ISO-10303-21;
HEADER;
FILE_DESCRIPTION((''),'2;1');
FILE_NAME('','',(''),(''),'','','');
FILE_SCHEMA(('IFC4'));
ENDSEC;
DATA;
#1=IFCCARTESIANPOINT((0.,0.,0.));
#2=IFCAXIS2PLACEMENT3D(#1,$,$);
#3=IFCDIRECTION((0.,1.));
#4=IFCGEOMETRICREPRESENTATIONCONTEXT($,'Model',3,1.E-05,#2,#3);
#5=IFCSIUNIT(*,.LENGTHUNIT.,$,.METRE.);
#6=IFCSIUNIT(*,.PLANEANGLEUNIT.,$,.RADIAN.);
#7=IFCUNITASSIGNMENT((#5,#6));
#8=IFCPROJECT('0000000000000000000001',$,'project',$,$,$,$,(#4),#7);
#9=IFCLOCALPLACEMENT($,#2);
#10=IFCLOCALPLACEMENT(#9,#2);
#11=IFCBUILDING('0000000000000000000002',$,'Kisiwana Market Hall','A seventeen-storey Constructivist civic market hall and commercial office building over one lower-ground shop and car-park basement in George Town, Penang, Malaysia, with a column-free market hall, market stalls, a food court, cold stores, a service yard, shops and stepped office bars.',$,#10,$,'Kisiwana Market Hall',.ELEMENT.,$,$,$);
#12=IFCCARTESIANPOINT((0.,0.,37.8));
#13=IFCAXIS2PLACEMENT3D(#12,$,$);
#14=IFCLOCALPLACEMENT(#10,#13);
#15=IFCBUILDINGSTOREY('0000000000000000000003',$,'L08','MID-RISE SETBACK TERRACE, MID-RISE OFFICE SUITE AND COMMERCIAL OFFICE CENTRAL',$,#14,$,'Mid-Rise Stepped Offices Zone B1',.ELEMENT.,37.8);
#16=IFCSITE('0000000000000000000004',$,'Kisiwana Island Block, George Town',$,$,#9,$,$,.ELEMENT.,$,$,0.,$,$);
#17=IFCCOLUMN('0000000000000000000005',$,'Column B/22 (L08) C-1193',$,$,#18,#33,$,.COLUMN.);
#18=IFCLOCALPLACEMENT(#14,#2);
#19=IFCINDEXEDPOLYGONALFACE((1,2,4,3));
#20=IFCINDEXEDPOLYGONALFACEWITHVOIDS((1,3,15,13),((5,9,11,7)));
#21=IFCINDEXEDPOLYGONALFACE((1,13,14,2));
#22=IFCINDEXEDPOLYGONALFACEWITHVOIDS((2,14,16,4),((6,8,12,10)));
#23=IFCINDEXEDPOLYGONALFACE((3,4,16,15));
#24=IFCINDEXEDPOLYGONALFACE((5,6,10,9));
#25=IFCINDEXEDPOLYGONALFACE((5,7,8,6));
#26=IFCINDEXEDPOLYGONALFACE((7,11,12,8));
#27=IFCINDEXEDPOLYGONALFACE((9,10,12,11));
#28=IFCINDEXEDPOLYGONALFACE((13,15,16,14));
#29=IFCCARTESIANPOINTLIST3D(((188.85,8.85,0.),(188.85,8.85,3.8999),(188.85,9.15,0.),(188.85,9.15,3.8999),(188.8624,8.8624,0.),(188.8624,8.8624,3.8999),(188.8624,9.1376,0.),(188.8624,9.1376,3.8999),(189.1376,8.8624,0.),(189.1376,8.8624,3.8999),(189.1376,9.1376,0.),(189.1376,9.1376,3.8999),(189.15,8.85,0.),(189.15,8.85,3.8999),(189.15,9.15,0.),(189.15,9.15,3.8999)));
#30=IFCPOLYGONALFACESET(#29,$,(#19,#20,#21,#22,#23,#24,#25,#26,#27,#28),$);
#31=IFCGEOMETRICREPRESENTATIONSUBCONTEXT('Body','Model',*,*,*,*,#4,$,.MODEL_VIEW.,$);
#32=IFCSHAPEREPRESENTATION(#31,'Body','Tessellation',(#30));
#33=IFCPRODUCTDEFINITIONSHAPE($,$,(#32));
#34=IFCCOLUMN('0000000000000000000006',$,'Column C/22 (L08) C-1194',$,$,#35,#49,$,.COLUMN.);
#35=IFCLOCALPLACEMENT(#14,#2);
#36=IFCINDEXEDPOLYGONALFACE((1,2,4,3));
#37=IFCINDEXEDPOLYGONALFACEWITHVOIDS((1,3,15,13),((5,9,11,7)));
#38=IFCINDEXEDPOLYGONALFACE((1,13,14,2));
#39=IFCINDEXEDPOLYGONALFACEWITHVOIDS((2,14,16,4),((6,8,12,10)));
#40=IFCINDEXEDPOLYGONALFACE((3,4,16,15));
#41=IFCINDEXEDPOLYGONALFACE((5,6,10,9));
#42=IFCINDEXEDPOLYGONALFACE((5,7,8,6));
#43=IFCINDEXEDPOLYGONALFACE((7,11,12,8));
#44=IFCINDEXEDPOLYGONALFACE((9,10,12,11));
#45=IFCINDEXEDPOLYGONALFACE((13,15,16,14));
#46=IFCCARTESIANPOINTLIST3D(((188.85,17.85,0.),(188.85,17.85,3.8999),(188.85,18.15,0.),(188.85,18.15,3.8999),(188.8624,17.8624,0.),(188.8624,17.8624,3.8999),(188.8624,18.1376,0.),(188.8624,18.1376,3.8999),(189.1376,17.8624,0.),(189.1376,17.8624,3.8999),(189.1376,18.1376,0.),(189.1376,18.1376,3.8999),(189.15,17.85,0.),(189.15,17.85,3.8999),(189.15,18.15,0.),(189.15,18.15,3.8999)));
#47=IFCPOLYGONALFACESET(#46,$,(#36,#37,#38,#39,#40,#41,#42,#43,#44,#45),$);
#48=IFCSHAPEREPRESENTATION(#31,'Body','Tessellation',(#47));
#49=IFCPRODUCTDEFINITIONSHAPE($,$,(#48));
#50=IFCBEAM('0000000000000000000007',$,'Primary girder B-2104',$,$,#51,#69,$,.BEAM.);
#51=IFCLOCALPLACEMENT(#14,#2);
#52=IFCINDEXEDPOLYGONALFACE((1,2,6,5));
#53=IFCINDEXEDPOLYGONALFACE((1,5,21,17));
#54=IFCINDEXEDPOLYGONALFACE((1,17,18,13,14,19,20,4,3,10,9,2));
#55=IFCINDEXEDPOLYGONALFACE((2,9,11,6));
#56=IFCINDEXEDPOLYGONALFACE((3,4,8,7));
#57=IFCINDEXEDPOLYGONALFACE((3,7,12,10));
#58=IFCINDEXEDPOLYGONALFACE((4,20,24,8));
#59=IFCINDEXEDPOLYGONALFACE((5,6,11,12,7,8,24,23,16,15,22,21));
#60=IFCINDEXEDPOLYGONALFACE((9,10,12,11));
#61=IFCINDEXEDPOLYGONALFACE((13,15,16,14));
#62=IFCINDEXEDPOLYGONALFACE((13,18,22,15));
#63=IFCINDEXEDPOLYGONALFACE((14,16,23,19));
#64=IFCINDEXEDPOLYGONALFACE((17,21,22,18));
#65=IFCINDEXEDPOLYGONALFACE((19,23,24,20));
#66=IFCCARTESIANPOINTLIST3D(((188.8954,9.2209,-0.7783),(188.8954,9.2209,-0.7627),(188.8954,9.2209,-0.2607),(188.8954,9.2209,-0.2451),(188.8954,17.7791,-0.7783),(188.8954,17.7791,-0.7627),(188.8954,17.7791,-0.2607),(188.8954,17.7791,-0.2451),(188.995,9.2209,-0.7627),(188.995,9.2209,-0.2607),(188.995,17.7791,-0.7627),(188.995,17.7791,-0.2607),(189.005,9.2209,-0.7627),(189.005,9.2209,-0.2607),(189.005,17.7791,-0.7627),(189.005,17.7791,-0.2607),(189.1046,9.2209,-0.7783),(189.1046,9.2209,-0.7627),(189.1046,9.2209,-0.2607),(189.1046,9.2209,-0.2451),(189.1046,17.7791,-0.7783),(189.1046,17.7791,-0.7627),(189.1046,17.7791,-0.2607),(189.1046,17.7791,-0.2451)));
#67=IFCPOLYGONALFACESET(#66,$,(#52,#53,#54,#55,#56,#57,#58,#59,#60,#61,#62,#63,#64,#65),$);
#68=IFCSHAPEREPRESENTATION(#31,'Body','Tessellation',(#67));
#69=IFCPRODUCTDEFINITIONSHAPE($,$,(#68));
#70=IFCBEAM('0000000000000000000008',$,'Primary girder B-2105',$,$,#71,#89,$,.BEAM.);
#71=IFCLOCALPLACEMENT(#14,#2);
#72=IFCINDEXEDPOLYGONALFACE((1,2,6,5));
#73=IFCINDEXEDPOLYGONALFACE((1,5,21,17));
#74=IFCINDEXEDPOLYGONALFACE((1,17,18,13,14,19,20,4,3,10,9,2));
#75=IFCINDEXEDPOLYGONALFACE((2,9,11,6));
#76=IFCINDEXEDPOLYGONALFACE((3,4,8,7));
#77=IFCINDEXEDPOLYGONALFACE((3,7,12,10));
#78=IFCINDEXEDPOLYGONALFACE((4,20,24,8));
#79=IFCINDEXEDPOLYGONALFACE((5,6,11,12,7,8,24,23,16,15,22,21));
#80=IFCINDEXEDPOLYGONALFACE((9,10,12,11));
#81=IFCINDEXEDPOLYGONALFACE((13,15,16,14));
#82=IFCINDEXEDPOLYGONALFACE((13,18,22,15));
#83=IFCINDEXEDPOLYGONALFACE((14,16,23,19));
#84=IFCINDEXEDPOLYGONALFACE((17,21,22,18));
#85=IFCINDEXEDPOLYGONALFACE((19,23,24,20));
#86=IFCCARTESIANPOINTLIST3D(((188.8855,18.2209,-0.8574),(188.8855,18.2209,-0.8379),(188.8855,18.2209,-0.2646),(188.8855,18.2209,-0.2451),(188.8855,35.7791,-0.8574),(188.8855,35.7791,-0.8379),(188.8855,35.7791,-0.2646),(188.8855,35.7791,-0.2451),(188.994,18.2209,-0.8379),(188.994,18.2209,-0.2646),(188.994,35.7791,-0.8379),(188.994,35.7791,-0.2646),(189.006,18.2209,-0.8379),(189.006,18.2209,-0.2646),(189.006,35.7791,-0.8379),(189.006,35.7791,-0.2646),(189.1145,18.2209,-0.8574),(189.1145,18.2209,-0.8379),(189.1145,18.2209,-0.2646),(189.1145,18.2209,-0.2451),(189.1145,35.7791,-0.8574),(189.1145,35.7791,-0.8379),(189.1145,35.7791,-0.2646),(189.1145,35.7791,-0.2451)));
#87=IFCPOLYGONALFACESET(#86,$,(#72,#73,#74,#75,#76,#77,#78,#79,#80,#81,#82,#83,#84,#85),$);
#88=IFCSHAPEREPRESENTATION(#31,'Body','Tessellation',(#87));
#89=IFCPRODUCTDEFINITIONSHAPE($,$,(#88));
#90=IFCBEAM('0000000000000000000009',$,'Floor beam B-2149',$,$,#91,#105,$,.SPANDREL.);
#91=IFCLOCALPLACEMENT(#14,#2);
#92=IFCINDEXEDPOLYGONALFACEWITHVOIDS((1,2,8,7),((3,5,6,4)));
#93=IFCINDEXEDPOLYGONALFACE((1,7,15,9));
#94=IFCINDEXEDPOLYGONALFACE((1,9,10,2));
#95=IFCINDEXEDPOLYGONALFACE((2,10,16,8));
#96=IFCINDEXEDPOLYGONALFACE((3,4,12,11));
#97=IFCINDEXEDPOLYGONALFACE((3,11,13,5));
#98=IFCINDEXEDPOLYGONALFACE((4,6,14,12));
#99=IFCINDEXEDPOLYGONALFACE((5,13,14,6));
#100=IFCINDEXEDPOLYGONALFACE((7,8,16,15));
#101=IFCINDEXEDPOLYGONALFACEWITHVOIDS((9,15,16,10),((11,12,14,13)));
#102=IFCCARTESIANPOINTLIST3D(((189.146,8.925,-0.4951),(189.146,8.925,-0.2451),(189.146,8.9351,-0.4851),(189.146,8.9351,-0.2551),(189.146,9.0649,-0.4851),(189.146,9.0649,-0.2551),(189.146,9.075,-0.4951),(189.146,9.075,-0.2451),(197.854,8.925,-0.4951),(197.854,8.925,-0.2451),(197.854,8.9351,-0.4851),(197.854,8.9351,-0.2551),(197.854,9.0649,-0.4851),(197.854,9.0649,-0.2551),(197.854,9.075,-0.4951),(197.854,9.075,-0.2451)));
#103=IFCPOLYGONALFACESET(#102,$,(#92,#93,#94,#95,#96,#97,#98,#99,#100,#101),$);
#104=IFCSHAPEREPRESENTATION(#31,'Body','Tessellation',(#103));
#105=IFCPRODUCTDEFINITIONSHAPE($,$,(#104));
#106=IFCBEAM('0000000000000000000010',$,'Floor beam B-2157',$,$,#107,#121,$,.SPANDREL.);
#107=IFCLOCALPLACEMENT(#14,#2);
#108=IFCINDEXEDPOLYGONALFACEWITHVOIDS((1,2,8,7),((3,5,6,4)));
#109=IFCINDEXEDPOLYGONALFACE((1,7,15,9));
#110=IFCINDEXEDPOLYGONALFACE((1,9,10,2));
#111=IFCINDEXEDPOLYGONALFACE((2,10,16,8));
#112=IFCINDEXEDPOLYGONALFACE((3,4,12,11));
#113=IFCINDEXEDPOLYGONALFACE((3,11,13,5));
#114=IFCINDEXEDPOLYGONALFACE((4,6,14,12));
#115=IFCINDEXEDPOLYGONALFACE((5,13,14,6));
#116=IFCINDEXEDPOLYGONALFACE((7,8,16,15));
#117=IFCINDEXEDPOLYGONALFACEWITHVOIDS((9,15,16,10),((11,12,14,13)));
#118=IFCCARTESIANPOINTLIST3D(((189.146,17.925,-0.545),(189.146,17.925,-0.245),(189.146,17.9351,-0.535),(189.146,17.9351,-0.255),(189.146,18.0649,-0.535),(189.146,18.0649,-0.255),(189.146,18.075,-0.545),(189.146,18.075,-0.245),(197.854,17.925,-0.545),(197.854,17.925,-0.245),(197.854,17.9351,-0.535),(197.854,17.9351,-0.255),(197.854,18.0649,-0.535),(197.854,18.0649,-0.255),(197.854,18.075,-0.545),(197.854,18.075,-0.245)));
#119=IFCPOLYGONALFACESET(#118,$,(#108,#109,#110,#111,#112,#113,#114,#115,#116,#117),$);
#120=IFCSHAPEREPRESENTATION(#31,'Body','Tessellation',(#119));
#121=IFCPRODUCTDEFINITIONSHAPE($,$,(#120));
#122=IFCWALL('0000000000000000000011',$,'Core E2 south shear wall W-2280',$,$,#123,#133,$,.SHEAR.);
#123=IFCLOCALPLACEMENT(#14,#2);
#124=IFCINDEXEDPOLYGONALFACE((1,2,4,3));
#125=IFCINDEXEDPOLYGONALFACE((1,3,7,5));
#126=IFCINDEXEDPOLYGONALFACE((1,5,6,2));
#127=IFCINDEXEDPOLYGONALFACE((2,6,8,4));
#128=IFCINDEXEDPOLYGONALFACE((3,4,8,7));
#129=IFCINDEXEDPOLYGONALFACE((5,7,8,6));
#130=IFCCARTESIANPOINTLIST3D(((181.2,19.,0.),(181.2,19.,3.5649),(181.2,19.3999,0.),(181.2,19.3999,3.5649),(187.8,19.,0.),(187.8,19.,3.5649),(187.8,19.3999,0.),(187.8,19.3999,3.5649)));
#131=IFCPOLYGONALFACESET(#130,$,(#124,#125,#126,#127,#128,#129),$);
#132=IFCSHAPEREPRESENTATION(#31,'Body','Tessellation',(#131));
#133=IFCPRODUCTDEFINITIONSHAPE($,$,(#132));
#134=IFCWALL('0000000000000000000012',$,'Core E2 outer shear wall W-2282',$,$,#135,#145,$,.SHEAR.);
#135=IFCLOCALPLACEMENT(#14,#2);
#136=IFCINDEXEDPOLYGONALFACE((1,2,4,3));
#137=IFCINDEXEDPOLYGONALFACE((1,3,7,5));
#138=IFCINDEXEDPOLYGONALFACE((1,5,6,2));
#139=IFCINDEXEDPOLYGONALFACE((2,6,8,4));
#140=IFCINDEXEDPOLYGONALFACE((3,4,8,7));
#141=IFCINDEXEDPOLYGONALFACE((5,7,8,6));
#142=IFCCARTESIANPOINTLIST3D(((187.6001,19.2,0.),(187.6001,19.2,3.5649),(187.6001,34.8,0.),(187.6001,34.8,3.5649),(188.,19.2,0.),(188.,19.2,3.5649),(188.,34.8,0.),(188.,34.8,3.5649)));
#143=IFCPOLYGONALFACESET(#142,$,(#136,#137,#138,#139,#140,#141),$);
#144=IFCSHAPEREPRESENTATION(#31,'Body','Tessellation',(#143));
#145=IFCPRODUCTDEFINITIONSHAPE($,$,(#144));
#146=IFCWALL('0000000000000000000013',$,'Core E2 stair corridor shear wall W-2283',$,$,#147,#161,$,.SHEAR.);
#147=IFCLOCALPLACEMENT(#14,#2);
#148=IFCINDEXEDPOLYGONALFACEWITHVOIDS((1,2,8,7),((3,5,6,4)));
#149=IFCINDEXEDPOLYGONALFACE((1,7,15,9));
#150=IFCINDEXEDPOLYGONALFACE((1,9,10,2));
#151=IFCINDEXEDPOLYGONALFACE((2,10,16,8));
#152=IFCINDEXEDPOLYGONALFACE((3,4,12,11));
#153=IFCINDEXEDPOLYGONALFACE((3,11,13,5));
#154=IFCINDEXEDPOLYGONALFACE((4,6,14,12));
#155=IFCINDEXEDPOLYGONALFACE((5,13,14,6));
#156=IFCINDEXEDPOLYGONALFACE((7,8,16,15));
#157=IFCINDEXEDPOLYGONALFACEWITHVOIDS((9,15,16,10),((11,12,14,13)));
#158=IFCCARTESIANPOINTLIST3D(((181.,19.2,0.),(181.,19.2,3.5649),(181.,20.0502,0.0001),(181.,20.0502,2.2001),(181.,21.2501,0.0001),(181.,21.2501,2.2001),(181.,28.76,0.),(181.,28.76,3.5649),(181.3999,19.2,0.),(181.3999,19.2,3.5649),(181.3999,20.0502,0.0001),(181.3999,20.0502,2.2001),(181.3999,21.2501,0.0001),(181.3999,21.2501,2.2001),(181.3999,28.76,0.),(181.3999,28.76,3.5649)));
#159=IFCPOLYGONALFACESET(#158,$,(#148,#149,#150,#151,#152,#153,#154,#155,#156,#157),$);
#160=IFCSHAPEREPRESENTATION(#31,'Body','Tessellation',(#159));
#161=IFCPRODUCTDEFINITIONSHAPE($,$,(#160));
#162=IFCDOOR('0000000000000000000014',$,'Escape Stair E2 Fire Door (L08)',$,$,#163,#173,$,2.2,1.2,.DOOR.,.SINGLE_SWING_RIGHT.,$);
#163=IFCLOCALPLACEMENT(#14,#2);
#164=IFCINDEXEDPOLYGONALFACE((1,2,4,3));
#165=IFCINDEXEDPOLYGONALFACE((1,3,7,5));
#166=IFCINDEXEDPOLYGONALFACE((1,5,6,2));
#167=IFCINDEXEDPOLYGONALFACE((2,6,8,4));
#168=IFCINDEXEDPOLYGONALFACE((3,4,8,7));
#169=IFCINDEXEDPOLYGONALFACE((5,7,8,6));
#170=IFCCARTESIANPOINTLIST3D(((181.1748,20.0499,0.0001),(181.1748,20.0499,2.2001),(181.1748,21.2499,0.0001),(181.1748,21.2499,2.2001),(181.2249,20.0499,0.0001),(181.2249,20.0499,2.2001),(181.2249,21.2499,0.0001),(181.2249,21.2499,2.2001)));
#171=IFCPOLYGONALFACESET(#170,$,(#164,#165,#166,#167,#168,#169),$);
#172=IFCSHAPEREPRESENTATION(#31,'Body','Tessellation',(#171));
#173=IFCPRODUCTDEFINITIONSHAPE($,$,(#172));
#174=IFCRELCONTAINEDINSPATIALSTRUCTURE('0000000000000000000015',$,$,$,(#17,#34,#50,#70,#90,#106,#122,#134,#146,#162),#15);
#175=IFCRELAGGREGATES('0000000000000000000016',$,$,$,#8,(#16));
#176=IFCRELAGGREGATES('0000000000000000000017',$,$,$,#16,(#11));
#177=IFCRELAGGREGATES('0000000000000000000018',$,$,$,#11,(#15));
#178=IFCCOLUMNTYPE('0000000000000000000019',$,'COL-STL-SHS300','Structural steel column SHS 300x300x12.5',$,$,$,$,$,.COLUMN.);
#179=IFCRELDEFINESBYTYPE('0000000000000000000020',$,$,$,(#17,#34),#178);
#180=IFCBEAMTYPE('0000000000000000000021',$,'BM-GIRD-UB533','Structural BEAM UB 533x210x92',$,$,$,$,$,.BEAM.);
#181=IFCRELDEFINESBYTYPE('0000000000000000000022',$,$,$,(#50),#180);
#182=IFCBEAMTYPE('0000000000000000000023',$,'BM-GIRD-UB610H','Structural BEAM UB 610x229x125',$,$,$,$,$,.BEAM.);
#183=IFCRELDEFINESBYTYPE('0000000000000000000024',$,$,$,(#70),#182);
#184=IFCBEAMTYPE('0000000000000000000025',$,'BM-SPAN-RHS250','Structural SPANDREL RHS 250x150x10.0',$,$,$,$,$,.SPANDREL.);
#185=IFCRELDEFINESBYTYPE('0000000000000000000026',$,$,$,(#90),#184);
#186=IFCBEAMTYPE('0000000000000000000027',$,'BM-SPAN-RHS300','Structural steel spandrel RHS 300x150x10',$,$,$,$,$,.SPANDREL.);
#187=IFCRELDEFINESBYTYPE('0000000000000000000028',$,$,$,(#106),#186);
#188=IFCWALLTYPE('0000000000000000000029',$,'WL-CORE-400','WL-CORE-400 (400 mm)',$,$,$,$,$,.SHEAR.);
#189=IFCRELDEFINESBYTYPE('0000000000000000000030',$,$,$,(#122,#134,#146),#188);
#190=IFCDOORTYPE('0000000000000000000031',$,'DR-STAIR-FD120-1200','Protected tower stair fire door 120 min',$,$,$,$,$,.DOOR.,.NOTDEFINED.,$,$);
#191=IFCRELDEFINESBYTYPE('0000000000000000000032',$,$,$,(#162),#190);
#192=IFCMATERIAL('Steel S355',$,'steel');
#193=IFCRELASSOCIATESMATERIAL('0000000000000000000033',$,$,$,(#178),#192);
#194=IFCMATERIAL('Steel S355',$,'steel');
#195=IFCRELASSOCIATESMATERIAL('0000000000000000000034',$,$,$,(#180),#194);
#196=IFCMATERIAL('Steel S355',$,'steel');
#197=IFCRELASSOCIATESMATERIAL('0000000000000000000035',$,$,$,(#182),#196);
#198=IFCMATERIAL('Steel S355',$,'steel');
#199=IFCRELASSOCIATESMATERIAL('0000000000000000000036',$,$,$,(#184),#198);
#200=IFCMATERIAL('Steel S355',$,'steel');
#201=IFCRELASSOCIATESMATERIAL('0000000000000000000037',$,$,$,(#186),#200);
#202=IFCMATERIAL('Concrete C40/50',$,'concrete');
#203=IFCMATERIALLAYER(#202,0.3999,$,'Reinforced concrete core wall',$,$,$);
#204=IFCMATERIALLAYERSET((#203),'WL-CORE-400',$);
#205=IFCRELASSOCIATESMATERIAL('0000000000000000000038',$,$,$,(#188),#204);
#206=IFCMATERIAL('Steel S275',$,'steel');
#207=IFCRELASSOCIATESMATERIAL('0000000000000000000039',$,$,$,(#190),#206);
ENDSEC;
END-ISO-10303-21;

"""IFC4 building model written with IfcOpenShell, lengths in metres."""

from ifc_helpers import new_model, si_unit, direction, frame, frame_2d, origin, origin_2d, place, context, subcontext, project, spatial, rectangle, hollow_rectangle, i_section, extrude, material, layer, layer_set, material_profile, profile_set, type_object, element, fill, save


model = new_model("IFC4")

# Units and contexts
model_context = context("Model", 3, precision=1e-05, world=origin(), true_north=direction((0.0, 1.0)))
body_context = subcontext(model_context, "Body", "Model", "MODEL_VIEW")
ifc_project = project(units=[si_unit("LENGTHUNIT", "METRE"), si_unit("PLANEANGLEUNIT", "RADIAN")], contexts=[model_context])

# Site, building, storey
site_placement = place(None, origin())
site = spatial("IfcSite", under=ifc_project, at=site_placement, Name="Kisiwana Island Block, George Town", CompositionType="ELEMENT", RefElevation=0.0)
building_placement = place(site_placement, origin())
building = spatial("IfcBuilding", under=site, at=building_placement, Name="Kisiwana Market Hall", Description="A seventeen-storey Constructivist civic market hall and commercial office building over one lower-ground shop and car-park basement in George Town, Penang, Malaysia, with a column-free market hall, market stalls, a food court, cold stores, a service yard, shops and stepped office bars.", LongName="Kisiwana Market Hall", CompositionType="ELEMENT")
storey_placement = place(building_placement, frame((0.0, 0.0, 37.8)))
storey = spatial("IfcBuildingStorey", under=building, at=storey_placement, Name="L08", Description="MID-RISE SETBACK TERRACE, MID-RISE OFFICE SUITE AND COMMERCIAL OFFICE CENTRAL", LongName="Mid-Rise Stepped Offices Zone B1", CompositionType="ELEMENT", Elevation=37.8)

# Columns
ifc_material_1 = material(Name="Steel S355", Category="steel")
ifc_material_profile_1 = material_profile(ifc_material_1, hollow_rectangle(XDim=0.3, YDim=0.3, WallThickness=0.0125, at=origin_2d()), Name="SHS 300x300x12.5")
ifc_profile_set_1 = profile_set([ifc_material_profile_1], Name="Steel S355")
column_type = type_object("IfcColumnType", Name="COL-STL-SHS300", Description="Structural steel column SHS 300x300x12.5", PredefinedType="COLUMN", material=ifc_profile_set_1)
for number, where, z_axis, x_axis, name in (
    (1, (189.0, 9.0, 0.0), (0.0, 0.0, 1.0), (1.0, 0.0, 0.0), "Column B/22 (L08) C-1193"),
    (2, (189.0, 18.0, 0.0), (0.0, 0.0, 1.0), (1.0, 0.0, 0.0), "Column C/22 (L08) C-1194"),
):
    element("IfcColumn", number, at=place(storey_placement, frame(where, z_axis=z_axis, x_axis=x_axis)), inside=storey, type_object=column_type, Name=name, PredefinedType="COLUMN", context=body_context, shape_type="SweptSolid", body=[
        extrude(hollow_rectangle(XDim=0.3, YDim=0.3, WallThickness=0.0125, at=origin_2d()), origin(), (0.0, 0.0, 1.0), 3.8999),
    ])

# Beams
ifc_material_2 = material(Name="Steel S355", Category="steel")
ifc_material_profile_2 = material_profile(ifc_material_2, i_section(OverallWidth=0.2092, OverallDepth=0.5332, WebThickness=0.01, FlangeThickness=0.0156, at=origin_2d()), Name="UB 533x210x92")
ifc_profile_set_2 = profile_set([ifc_material_profile_2], Name="Steel S355")
beam_type_1 = type_object("IfcBeamType", Name="BM-GIRD-UB533", Description="Structural BEAM UB 533x210x92", PredefinedType="BEAM", material=ifc_profile_set_2)
beam_1_placement = place(storey_placement, frame((189.0, 9.2209, -0.5117), z_axis=(0.0, 1.0, 0.0), x_axis=(-1.0, 0.0, 0.0)))
element("IfcBeam", 3, at=beam_1_placement, inside=storey, type_object=beam_type_1, Name="Primary girder B-2104", PredefinedType="BEAM", context=body_context, shape_type="SweptSolid", body=[
    extrude(i_section(OverallWidth=0.2092, OverallDepth=0.5332, WebThickness=0.01, FlangeThickness=0.0156, at=origin_2d()), origin(), (0.0, 0.0, 1.0), 8.5581),
])
ifc_material_3 = material(Name="Steel S355", Category="steel")
ifc_material_profile_3 = material_profile(ifc_material_3, i_section(OverallWidth=0.229, OverallDepth=0.6123, WebThickness=0.012, FlangeThickness=0.0195, at=origin_2d()), Name="UB 610x229x125")
ifc_profile_set_3 = profile_set([ifc_material_profile_3], Name="Steel S355")
beam_type_2 = type_object("IfcBeamType", Name="BM-GIRD-UB610H", Description="Structural BEAM UB 610x229x125", PredefinedType="BEAM", material=ifc_profile_set_3)
beam_2_placement = place(storey_placement, frame((189.0, 18.2209, -0.5513), z_axis=(0.0, 1.0, 0.0), x_axis=(-1.0, 0.0, 0.0)))
element("IfcBeam", 4, at=beam_2_placement, inside=storey, type_object=beam_type_2, Name="Primary girder B-2105", PredefinedType="BEAM", context=body_context, shape_type="SweptSolid", body=[
    extrude(i_section(OverallWidth=0.229, OverallDepth=0.6123, WebThickness=0.012, FlangeThickness=0.0195, at=origin_2d()), origin(), (0.0, 0.0, 1.0), 17.5581),
])
ifc_material_4 = material(Name="Steel S355", Category="steel")
ifc_material_profile_4 = material_profile(ifc_material_4, hollow_rectangle(XDim=0.1499, YDim=0.25, WallThickness=0.01, at=origin_2d()), Name="RHS 250x150x10.0")
ifc_profile_set_4 = profile_set([ifc_material_profile_4], Name="Steel S355")
beam_type_3 = type_object("IfcBeamType", Name="BM-SPAN-RHS250", Description="Structural SPANDREL RHS 250x150x10.0", PredefinedType="SPANDREL", material=ifc_profile_set_4)
beam_3_placement = place(storey_placement, frame((189.146, 9.0, -0.3701), z_axis=(1.0, 0.0, 0.0), x_axis=(0.0, 1.0, 0.0)))
element("IfcBeam", 5, at=beam_3_placement, inside=storey, type_object=beam_type_3, Name="Floor beam B-2149", PredefinedType="SPANDREL", context=body_context, shape_type="SweptSolid", body=[
    extrude(hollow_rectangle(XDim=0.1499, YDim=0.25, WallThickness=0.01, at=origin_2d()), origin(), (0.0, 0.0, 1.0), 8.708),
])
ifc_material_5 = material(Name="Steel S355", Category="steel")
ifc_material_profile_5 = material_profile(ifc_material_5, hollow_rectangle(XDim=0.1499, YDim=0.3, WallThickness=0.01, at=origin_2d()), Name="RHS 300x150x10")
ifc_profile_set_5 = profile_set([ifc_material_profile_5], Name="Steel S355")
beam_type_4 = type_object("IfcBeamType", Name="BM-SPAN-RHS300", Description="Structural steel spandrel RHS 300x150x10", PredefinedType="SPANDREL", material=ifc_profile_set_5)
beam_4_placement = place(storey_placement, frame((189.146, 18.0, -0.395), z_axis=(1.0, 0.0, 0.0), x_axis=(0.0, 1.0, 0.0)))
element("IfcBeam", 6, at=beam_4_placement, inside=storey, type_object=beam_type_4, Name="Floor beam B-2157", PredefinedType="SPANDREL", context=body_context, shape_type="SweptSolid", body=[
    extrude(hollow_rectangle(XDim=0.1499, YDim=0.3, WallThickness=0.01, at=origin_2d()), origin(), (0.0, 0.0, 1.0), 8.708),
])

# Walls
ifc_material_6 = material(Name="Concrete C40/50", Category="concrete")
ifc_layer_1 = layer(ifc_material_6, 0.3999, Name="Reinforced concrete core wall")
ifc_layer_set_1 = layer_set([ifc_layer_1], Name="WL-CORE-400")
wall_type_1 = type_object("IfcWallType", Name="WL-CORE-400", Description="WL-CORE-400 (400 mm)", PredefinedType="SHEAR", material=ifc_layer_set_1)
wall_1_placement = place(storey_placement, frame((181.2, 19.2, 0.0), z_axis=(0.0, 0.0, 1.0), x_axis=(1.0, 0.0, 0.0)))
element("IfcWall", 7, at=wall_1_placement, inside=storey, type_object=wall_type_1, Name="Core E2 south shear wall W-2280", PredefinedType="SHEAR", context=body_context, shape_type="SweptSolid", body=[
    extrude(rectangle(XDim=6.6001, YDim=0.3999, at=frame_2d((3.3, 0.0))), origin(), (0.0, 0.0, 1.0), 3.5649),
])
wall_2_placement = place(storey_placement, frame((187.8, 19.2, 0.0), z_axis=(0.0, 0.0, 1.0), x_axis=(0.0, 1.0, 0.0)))
element("IfcWall", 8, at=wall_2_placement, inside=storey, type_object=wall_type_1, Name="Core E2 outer shear wall W-2282", PredefinedType="SHEAR", context=body_context, shape_type="SweptSolid", body=[
    extrude(rectangle(XDim=15.6001, YDim=0.3999, at=frame_2d((7.8, 0.0))), origin(), (0.0, 0.0, 1.0), 3.5649),
])

# Wall, opening, door
wall_3_placement = place(storey_placement, frame((181.2, 19.2, 0.0), z_axis=(0.0, 0.0, 1.0), x_axis=(0.0, 1.0, 0.0)))
wall_3 = element("IfcWall", 9, at=wall_3_placement, inside=storey, type_object=wall_type_1, Name="Core E2 stair corridor shear wall W-2283", PredefinedType="SHEAR", context=body_context, shape_type="SweptSolid", body=[
    extrude(rectangle(XDim=9.5601, YDim=0.3999, at=frame_2d((4.78, 0.0))), origin(), (0.0, 0.0, 1.0), 3.5649),
])
opening_1_placement = place(wall_3_placement, frame((0.8501, 0.0, 0.0)))
opening_1 = element("IfcOpeningElement", 10, at=opening_1_placement, cuts=wall_3, PredefinedType="OPENING", context=body_context, shape_type="SweptSolid", body=[
    extrude(rectangle(XDim=1.2, YDim=2.2, at=frame_2d((0.6001, 1.1001))), frame((0.0, 0.2119, 0.0), z_axis=(0.0, -1.0, 0.0), x_axis=(1.0, 0.0, 0.0)), (0.0, 0.0, 1.0), 0.4238),
])
ifc_material_7 = material(Name="Steel S275", Category="steel")
door_type_1 = type_object("IfcDoorType", Name="DR-STAIR-FD120-1200", Description="Protected tower stair fire door 120 min", OperationType="NOTDEFINED", PredefinedType="DOOR", material=ifc_material_7)
door_1_placement = place(opening_1_placement, frame((1.2, 0.0, 0.0), z_axis=(0.0, 0.0, 1.0), x_axis=(-1.0, 0.0, 0.0)))
door_1 = element("IfcDoor", 11, at=door_1_placement, inside=storey, type_object=door_type_1, Name="Escape Stair E2 Fire Door (L08)", OperationType="SINGLE_SWING_RIGHT", OverallHeight=2.2, OverallWidth=1.2, PredefinedType="DOOR", context=body_context, shape_type="SweptSolid", body=[
    extrude(rectangle(XDim=1.2, YDim=2.2, at=frame_2d((0.6001, 1.1001))), frame((0.0, 0.0249, 0.0), z_axis=(0.0, -1.0, 0.0), x_axis=(1.0, 0.0, 0.0)), (0.0, 0.0, 1.0), 0.05),
])
fill(opening_1, door_1)

save(model, "model.ifc")
